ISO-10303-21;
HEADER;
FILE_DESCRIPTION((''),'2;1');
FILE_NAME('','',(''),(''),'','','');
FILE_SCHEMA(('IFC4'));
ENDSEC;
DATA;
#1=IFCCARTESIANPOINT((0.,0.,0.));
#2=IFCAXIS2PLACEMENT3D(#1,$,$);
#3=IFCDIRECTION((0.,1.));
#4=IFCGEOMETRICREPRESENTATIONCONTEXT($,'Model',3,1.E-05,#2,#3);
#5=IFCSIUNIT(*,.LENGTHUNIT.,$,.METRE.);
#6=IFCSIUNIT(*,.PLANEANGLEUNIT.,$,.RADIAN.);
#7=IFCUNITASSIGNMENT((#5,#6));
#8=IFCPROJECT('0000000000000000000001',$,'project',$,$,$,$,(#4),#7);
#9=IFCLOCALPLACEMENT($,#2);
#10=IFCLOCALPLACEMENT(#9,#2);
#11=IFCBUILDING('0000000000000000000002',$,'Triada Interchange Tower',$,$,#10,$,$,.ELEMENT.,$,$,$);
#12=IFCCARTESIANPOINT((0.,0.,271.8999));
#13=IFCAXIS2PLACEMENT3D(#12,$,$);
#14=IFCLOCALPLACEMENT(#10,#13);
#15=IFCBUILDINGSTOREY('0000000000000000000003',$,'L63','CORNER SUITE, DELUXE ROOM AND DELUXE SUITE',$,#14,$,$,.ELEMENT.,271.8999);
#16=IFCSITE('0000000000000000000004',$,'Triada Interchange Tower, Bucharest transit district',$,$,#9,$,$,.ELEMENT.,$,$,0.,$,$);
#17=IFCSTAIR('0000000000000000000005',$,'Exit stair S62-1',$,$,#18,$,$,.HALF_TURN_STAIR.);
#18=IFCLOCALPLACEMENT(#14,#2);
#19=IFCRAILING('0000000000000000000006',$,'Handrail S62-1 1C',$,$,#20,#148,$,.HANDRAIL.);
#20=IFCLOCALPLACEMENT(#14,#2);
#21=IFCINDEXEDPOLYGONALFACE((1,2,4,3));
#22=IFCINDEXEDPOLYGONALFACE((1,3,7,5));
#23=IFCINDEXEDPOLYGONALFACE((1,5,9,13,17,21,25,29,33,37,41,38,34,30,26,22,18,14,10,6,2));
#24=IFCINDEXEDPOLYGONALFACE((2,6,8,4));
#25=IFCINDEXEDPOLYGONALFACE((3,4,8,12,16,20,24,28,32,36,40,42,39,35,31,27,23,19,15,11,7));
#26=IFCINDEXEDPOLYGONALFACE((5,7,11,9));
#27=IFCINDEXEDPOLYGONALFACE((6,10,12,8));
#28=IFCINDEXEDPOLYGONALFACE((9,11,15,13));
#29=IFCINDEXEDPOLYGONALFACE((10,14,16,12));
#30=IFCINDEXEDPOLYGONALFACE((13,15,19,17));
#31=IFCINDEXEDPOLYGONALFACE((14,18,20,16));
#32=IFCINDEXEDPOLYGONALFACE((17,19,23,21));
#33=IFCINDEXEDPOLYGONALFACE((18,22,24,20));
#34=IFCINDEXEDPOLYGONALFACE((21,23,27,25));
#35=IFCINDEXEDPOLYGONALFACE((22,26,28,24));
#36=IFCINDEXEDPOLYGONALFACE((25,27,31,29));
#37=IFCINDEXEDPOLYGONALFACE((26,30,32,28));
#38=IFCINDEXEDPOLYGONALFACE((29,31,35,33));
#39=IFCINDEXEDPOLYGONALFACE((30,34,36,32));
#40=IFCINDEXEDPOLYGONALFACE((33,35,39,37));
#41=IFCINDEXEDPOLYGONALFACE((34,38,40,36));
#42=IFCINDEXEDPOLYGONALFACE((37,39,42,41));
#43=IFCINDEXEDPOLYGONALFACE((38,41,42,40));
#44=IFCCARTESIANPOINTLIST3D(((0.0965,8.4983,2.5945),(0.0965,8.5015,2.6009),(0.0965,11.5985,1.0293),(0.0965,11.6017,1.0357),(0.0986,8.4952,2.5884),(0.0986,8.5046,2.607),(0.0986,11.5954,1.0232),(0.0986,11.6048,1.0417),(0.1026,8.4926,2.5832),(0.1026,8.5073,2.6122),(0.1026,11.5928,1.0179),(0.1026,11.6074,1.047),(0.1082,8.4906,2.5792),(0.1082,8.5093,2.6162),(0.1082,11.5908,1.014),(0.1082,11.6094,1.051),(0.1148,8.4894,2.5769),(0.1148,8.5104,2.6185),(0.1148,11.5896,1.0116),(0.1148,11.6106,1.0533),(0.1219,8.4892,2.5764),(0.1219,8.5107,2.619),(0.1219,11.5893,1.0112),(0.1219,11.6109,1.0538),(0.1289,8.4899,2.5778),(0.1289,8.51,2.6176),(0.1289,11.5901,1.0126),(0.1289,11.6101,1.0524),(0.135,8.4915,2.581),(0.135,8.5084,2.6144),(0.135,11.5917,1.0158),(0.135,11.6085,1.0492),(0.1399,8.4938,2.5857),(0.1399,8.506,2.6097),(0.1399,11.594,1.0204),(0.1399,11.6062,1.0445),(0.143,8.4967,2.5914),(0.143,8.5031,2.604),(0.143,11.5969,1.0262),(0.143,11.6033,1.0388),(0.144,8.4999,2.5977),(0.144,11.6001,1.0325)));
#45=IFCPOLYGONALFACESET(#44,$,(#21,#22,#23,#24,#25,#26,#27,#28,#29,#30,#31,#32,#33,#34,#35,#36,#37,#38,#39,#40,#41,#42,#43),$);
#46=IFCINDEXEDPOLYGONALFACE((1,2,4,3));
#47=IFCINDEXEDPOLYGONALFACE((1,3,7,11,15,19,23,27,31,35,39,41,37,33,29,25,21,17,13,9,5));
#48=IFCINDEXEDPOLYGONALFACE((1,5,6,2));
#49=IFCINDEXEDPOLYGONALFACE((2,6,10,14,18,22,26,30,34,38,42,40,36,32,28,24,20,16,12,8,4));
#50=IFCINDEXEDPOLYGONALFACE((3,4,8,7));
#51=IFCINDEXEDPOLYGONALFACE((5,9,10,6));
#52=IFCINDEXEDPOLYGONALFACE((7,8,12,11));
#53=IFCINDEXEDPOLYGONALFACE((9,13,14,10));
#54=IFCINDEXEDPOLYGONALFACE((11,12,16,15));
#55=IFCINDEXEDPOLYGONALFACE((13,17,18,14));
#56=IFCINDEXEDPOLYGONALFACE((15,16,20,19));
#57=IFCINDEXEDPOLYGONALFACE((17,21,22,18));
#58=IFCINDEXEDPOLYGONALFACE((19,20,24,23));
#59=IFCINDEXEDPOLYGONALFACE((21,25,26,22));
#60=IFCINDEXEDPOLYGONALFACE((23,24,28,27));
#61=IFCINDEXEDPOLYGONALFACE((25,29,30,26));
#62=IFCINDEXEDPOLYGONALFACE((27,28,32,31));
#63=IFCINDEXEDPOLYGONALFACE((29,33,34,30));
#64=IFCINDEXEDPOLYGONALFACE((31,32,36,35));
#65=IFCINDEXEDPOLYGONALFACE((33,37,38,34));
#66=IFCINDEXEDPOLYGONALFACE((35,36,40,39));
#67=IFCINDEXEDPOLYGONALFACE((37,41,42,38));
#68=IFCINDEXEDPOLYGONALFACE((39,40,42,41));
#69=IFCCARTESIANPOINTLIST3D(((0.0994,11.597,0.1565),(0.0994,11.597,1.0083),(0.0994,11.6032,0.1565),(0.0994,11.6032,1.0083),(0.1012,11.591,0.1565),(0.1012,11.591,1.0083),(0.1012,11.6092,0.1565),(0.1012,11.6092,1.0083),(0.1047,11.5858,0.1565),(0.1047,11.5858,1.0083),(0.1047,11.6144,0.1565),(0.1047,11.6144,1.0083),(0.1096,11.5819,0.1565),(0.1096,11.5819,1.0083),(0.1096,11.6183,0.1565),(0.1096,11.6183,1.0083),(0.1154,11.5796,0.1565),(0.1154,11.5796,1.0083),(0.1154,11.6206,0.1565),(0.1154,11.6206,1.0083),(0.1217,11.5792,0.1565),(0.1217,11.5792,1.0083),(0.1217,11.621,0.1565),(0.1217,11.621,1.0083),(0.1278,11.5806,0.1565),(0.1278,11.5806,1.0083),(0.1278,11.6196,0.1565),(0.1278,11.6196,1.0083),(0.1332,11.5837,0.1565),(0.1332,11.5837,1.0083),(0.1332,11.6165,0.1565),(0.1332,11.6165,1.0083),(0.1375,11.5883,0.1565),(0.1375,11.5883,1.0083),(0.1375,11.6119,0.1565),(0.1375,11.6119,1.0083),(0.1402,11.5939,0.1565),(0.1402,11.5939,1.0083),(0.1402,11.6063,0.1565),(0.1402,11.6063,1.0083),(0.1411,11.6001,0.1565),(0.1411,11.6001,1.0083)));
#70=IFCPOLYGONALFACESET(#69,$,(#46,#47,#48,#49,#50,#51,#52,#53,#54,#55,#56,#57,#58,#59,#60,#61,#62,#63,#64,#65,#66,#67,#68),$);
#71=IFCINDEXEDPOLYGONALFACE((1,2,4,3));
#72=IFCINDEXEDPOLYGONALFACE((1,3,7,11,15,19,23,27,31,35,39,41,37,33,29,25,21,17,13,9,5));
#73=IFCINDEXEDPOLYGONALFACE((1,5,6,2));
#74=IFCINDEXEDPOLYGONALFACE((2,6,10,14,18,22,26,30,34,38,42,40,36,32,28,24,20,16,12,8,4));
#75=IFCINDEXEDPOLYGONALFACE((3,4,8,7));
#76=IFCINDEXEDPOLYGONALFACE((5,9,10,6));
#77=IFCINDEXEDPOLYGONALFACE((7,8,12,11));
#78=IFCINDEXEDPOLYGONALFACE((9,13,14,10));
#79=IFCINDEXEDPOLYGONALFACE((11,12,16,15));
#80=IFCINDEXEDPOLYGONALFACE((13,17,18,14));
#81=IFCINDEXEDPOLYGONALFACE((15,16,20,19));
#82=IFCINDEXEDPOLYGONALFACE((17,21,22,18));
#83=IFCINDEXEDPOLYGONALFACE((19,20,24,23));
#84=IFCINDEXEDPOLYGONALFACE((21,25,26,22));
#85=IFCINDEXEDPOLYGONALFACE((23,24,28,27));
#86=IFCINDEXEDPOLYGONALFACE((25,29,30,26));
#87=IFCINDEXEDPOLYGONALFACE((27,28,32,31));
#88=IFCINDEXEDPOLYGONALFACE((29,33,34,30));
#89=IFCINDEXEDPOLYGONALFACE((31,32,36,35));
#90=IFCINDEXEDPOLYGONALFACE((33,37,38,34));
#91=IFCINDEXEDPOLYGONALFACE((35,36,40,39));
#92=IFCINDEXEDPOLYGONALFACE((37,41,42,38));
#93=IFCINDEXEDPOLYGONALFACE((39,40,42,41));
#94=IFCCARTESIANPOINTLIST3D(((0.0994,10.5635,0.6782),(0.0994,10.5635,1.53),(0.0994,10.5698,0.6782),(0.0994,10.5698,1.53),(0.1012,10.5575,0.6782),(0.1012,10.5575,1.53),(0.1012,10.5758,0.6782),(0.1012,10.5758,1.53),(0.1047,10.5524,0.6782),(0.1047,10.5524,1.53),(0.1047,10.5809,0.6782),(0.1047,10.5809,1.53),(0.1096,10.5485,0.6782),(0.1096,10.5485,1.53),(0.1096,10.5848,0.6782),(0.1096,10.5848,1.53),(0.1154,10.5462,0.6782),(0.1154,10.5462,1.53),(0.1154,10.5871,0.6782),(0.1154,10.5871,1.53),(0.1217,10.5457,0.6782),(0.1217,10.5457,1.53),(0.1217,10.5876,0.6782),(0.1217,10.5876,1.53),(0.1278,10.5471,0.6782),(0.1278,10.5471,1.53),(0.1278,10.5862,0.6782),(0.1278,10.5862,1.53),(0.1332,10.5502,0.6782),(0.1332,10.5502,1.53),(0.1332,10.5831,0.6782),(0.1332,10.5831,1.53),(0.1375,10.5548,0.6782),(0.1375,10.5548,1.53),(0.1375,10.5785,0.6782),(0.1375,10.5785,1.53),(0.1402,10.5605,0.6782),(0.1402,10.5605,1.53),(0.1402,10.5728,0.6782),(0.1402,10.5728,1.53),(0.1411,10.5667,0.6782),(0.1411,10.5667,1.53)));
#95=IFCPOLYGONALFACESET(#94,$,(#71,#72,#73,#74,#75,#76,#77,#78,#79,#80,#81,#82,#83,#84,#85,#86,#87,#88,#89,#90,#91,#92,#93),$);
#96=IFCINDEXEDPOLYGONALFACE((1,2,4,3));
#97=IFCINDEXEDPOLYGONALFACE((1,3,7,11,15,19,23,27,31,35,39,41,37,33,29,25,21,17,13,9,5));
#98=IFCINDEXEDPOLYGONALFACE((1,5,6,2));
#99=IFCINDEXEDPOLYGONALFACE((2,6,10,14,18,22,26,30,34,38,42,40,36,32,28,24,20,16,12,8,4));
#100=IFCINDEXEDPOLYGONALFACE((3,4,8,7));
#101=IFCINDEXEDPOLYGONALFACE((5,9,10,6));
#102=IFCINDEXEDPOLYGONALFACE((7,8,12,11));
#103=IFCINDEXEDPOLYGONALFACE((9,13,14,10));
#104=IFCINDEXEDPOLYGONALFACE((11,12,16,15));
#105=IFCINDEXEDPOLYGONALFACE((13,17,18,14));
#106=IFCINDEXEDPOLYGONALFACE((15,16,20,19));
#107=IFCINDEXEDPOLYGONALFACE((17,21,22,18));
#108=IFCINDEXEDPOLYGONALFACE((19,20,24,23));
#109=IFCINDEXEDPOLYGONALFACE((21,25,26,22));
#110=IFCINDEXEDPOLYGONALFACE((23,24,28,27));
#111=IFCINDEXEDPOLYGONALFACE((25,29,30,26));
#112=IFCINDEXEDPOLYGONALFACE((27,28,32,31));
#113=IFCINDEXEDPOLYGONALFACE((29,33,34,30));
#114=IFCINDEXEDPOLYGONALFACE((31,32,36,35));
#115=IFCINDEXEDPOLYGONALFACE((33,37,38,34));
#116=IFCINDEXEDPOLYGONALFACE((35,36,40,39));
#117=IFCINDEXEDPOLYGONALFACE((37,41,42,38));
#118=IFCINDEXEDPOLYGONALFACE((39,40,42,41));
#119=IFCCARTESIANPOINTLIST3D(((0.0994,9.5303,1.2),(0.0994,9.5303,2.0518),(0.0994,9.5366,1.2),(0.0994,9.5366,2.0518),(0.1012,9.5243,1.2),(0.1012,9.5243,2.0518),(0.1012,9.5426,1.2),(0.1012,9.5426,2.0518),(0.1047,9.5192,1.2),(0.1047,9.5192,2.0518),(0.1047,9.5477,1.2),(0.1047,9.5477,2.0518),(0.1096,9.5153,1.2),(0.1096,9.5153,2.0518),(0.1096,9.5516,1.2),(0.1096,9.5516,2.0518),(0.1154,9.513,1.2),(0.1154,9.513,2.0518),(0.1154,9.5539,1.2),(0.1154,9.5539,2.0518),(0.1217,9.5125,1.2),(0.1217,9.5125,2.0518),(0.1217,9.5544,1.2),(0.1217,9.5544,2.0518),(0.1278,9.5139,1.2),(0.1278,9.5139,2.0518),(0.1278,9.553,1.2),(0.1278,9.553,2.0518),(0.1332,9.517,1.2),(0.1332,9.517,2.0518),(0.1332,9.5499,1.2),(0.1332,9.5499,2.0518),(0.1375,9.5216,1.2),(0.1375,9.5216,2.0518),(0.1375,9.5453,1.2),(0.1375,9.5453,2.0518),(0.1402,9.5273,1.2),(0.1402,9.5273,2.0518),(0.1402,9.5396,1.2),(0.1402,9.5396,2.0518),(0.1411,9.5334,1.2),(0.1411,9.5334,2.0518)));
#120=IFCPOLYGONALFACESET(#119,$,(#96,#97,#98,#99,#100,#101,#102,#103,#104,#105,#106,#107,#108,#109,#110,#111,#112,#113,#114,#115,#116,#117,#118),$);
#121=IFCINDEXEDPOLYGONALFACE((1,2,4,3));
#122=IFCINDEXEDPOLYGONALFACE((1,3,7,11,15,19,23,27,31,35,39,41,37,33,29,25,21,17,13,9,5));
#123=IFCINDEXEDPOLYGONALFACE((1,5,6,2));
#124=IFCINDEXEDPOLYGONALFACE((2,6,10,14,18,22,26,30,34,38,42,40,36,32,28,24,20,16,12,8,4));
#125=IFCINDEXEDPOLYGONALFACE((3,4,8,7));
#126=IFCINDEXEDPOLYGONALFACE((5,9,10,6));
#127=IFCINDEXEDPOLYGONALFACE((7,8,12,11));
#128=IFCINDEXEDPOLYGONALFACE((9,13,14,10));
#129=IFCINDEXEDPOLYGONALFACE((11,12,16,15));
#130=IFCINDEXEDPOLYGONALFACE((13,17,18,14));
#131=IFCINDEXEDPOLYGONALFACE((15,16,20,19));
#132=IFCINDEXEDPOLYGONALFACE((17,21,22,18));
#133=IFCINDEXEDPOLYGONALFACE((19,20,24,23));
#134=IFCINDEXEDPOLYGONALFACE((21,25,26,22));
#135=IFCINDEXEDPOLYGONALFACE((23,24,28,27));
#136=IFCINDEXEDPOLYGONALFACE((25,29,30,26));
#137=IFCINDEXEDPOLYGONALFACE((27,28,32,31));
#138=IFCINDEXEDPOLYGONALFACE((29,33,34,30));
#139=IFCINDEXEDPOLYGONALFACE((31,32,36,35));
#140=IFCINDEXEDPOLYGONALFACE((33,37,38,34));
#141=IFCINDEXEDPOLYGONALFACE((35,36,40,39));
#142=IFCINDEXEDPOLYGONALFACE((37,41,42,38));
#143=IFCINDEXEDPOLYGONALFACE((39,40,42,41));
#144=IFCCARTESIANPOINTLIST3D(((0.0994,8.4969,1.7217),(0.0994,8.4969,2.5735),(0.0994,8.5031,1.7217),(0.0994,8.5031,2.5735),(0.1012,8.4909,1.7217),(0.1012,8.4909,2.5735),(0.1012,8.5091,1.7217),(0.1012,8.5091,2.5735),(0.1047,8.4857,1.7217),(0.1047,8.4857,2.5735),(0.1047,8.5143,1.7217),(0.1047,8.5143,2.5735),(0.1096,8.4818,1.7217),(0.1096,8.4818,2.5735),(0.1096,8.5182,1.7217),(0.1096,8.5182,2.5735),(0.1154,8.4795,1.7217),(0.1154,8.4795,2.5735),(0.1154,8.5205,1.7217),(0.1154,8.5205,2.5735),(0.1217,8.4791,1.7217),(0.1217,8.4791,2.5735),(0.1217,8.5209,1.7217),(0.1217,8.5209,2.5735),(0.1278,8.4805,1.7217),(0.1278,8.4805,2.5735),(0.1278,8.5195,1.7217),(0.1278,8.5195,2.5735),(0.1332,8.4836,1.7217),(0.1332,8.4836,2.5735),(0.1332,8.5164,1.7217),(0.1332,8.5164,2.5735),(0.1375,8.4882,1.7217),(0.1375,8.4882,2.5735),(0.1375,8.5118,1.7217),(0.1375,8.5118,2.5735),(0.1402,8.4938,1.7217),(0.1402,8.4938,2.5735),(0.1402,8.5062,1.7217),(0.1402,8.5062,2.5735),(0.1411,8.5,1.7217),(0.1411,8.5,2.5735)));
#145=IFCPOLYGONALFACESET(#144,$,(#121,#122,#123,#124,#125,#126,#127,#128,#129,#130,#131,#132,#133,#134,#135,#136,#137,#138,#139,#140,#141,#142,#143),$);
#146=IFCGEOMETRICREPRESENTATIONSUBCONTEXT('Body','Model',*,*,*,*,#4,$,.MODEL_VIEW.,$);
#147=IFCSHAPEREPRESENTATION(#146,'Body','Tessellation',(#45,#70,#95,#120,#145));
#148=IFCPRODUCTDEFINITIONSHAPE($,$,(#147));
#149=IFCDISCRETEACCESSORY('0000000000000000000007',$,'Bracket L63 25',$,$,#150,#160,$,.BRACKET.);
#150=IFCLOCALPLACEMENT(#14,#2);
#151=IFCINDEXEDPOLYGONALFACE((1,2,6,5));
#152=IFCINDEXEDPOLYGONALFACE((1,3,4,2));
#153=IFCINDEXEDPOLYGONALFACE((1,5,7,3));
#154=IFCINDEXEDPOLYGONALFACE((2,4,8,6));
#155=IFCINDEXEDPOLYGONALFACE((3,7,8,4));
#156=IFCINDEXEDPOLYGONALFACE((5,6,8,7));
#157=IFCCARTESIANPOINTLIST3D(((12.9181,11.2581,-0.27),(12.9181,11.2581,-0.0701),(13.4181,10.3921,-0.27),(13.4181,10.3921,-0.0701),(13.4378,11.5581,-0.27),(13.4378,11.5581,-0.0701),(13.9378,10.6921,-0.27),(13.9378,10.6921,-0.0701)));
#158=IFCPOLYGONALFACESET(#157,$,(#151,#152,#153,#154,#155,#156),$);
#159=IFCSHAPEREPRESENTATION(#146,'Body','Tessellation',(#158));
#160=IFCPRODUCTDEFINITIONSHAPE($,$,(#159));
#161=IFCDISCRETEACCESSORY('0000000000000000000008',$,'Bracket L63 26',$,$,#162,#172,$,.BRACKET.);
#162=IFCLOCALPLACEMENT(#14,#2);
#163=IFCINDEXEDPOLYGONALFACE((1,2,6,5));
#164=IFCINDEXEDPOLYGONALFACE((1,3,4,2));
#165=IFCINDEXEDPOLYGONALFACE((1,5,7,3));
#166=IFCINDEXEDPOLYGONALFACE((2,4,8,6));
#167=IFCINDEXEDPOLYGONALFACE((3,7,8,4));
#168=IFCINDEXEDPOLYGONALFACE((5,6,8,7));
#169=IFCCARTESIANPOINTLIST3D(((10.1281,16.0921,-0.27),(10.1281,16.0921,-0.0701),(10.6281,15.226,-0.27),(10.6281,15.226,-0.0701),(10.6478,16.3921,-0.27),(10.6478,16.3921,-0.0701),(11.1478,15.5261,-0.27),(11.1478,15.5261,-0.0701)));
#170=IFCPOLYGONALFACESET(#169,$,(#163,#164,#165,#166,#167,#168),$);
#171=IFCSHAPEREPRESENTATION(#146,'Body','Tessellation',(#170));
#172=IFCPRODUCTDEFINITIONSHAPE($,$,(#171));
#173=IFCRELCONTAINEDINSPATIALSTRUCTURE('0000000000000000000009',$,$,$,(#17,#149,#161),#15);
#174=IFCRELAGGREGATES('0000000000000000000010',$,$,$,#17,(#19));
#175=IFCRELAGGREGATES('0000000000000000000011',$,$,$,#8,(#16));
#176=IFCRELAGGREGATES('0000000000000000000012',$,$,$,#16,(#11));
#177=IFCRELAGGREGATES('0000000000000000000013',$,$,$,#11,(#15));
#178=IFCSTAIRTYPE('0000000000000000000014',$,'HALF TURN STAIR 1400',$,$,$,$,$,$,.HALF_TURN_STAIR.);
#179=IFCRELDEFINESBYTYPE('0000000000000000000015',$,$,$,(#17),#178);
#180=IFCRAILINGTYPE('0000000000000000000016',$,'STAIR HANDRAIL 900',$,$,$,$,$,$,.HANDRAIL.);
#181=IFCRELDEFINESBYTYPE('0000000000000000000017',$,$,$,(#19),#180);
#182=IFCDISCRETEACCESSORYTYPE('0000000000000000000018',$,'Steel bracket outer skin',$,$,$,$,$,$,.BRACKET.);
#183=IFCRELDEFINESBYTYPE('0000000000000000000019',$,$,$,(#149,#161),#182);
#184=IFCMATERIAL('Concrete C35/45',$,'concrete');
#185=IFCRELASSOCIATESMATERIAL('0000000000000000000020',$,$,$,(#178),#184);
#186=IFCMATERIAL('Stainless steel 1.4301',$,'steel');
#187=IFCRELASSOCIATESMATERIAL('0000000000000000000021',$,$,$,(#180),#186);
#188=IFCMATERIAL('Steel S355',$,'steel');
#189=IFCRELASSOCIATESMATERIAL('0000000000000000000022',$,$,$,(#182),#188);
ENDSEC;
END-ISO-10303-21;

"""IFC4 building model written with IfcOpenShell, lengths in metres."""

from ifc_helpers import new_model, si_unit, direction, frame, origin, origin_2d, place, context, subcontext, project, spatial, rectangle, circle, extrude, material, type_object, element, aggregate, save


model = new_model("IFC4")

# Units and contexts
model_context = context("Model", 3, precision=1e-05, world=origin(), true_north=direction((0.0, 1.0)))
body_context = subcontext(model_context, "Body", "Model", "MODEL_VIEW")
ifc_project = project(units=[si_unit("LENGTHUNIT", "METRE"), si_unit("PLANEANGLEUNIT", "RADIAN")], contexts=[model_context])

# Site, building, storey
site_placement = place(None, origin())
site = spatial("IfcSite", under=ifc_project, at=site_placement, Name="Triada Interchange Tower, Bucharest transit district", CompositionType="ELEMENT", RefElevation=0.0)
building_placement = place(site_placement, origin())
building = spatial("IfcBuilding", under=site, at=building_placement, Name="Triada Interchange Tower", CompositionType="ELEMENT")
storey_placement = place(building_placement, frame((0.0, 0.0, 271.8999)))
storey = spatial("IfcBuildingStorey", under=building, at=storey_placement, Name="L63", Description="CORNER SUITE, DELUXE ROOM AND DELUXE SUITE", CompositionType="ELEMENT", Elevation=271.8999)

# Stair
ifc_material_1 = material(Name="Concrete C35/45", Category="concrete")
stair_type = type_object("IfcStairType", Name="HALF TURN STAIR 1400", PredefinedType="HALF_TURN_STAIR", material=ifc_material_1)
stair_placement = place(storey_placement, origin())
stair = element("IfcStair", 1, at=stair_placement, inside=storey, type_object=stair_type, Name="Exit stair S62-1", PredefinedType="HALF_TURN_STAIR")

# Railing
ifc_material_2 = material(Name="Stainless steel 1.4301", Category="steel")
railing_type = type_object("IfcRailingType", Name="STAIR HANDRAIL 900", PredefinedType="HANDRAIL", material=ifc_material_2)
railing_1_placement = place(storey_placement, frame((0.1201, 11.6001, 0.1565)))
railing_1 = element("IfcRailing", 2, at=railing_1_placement, type_object=railing_type, Name="Handrail S62-1 1C", PredefinedType="HANDRAIL", context=body_context, shape_type="SweptSolid", body=[
    extrude(circle(Radius=0.0239, at=origin_2d()), frame((0.0, 0.0, 0.876), z_axis=(0.0, -0.892677, 0.450697), x_axis=(1.0, 0.0, 0.0)), (0.0, 0.0, 1.0), 3.4729),
    extrude(circle(Radius=0.021, at=origin_2d()), origin(), (0.0, 0.0, 1.0), 0.8518),
    extrude(circle(Radius=0.021, at=origin_2d()), frame((0.0, -1.0334, 0.5217)), (0.0, 0.0, 1.0), 0.8518),
    extrude(circle(Radius=0.021, at=origin_2d()), frame((0.0, -2.0667, 1.0435)), (0.0, 0.0, 1.0), 0.8518),
    extrude(circle(Radius=0.021, at=origin_2d()), frame((0.0, -3.1001, 1.5652)), (0.0, 0.0, 1.0), 0.8518),
])
aggregate(stair, [railing_1])

# Discrete accessories
ifc_material_3 = material(Name="Steel S355", Category="steel")
discrete_accessory_type = type_object("IfcDiscreteAccessoryType", Name="Steel bracket outer skin", PredefinedType="BRACKET", material=ifc_material_3)
for number, where, z_axis, x_axis, name in (
    (3, (13.428, 10.9751, -0.27), (0.0, 0.0, 1.0), (0.866029, 0.499994, 0.0), "Bracket L63 25"),
    (4, (10.6379, 15.8091, -0.27), (0.0, 0.0, 1.0), (0.866029, 0.499994, 0.0), "Bracket L63 26"),
):
    element("IfcDiscreteAccessory", number, at=place(storey_placement, frame(where, z_axis=z_axis, x_axis=x_axis)), inside=storey, type_object=discrete_accessory_type, Name=name, PredefinedType="BRACKET", context=body_context, shape_type="SweptSolid", body=[
        extrude(rectangle(XDim=0.6001, YDim=1.0, at=origin_2d()), origin(), (0.0, 0.0, 1.0), 0.2),
    ])

save(model, "model.ifc")
